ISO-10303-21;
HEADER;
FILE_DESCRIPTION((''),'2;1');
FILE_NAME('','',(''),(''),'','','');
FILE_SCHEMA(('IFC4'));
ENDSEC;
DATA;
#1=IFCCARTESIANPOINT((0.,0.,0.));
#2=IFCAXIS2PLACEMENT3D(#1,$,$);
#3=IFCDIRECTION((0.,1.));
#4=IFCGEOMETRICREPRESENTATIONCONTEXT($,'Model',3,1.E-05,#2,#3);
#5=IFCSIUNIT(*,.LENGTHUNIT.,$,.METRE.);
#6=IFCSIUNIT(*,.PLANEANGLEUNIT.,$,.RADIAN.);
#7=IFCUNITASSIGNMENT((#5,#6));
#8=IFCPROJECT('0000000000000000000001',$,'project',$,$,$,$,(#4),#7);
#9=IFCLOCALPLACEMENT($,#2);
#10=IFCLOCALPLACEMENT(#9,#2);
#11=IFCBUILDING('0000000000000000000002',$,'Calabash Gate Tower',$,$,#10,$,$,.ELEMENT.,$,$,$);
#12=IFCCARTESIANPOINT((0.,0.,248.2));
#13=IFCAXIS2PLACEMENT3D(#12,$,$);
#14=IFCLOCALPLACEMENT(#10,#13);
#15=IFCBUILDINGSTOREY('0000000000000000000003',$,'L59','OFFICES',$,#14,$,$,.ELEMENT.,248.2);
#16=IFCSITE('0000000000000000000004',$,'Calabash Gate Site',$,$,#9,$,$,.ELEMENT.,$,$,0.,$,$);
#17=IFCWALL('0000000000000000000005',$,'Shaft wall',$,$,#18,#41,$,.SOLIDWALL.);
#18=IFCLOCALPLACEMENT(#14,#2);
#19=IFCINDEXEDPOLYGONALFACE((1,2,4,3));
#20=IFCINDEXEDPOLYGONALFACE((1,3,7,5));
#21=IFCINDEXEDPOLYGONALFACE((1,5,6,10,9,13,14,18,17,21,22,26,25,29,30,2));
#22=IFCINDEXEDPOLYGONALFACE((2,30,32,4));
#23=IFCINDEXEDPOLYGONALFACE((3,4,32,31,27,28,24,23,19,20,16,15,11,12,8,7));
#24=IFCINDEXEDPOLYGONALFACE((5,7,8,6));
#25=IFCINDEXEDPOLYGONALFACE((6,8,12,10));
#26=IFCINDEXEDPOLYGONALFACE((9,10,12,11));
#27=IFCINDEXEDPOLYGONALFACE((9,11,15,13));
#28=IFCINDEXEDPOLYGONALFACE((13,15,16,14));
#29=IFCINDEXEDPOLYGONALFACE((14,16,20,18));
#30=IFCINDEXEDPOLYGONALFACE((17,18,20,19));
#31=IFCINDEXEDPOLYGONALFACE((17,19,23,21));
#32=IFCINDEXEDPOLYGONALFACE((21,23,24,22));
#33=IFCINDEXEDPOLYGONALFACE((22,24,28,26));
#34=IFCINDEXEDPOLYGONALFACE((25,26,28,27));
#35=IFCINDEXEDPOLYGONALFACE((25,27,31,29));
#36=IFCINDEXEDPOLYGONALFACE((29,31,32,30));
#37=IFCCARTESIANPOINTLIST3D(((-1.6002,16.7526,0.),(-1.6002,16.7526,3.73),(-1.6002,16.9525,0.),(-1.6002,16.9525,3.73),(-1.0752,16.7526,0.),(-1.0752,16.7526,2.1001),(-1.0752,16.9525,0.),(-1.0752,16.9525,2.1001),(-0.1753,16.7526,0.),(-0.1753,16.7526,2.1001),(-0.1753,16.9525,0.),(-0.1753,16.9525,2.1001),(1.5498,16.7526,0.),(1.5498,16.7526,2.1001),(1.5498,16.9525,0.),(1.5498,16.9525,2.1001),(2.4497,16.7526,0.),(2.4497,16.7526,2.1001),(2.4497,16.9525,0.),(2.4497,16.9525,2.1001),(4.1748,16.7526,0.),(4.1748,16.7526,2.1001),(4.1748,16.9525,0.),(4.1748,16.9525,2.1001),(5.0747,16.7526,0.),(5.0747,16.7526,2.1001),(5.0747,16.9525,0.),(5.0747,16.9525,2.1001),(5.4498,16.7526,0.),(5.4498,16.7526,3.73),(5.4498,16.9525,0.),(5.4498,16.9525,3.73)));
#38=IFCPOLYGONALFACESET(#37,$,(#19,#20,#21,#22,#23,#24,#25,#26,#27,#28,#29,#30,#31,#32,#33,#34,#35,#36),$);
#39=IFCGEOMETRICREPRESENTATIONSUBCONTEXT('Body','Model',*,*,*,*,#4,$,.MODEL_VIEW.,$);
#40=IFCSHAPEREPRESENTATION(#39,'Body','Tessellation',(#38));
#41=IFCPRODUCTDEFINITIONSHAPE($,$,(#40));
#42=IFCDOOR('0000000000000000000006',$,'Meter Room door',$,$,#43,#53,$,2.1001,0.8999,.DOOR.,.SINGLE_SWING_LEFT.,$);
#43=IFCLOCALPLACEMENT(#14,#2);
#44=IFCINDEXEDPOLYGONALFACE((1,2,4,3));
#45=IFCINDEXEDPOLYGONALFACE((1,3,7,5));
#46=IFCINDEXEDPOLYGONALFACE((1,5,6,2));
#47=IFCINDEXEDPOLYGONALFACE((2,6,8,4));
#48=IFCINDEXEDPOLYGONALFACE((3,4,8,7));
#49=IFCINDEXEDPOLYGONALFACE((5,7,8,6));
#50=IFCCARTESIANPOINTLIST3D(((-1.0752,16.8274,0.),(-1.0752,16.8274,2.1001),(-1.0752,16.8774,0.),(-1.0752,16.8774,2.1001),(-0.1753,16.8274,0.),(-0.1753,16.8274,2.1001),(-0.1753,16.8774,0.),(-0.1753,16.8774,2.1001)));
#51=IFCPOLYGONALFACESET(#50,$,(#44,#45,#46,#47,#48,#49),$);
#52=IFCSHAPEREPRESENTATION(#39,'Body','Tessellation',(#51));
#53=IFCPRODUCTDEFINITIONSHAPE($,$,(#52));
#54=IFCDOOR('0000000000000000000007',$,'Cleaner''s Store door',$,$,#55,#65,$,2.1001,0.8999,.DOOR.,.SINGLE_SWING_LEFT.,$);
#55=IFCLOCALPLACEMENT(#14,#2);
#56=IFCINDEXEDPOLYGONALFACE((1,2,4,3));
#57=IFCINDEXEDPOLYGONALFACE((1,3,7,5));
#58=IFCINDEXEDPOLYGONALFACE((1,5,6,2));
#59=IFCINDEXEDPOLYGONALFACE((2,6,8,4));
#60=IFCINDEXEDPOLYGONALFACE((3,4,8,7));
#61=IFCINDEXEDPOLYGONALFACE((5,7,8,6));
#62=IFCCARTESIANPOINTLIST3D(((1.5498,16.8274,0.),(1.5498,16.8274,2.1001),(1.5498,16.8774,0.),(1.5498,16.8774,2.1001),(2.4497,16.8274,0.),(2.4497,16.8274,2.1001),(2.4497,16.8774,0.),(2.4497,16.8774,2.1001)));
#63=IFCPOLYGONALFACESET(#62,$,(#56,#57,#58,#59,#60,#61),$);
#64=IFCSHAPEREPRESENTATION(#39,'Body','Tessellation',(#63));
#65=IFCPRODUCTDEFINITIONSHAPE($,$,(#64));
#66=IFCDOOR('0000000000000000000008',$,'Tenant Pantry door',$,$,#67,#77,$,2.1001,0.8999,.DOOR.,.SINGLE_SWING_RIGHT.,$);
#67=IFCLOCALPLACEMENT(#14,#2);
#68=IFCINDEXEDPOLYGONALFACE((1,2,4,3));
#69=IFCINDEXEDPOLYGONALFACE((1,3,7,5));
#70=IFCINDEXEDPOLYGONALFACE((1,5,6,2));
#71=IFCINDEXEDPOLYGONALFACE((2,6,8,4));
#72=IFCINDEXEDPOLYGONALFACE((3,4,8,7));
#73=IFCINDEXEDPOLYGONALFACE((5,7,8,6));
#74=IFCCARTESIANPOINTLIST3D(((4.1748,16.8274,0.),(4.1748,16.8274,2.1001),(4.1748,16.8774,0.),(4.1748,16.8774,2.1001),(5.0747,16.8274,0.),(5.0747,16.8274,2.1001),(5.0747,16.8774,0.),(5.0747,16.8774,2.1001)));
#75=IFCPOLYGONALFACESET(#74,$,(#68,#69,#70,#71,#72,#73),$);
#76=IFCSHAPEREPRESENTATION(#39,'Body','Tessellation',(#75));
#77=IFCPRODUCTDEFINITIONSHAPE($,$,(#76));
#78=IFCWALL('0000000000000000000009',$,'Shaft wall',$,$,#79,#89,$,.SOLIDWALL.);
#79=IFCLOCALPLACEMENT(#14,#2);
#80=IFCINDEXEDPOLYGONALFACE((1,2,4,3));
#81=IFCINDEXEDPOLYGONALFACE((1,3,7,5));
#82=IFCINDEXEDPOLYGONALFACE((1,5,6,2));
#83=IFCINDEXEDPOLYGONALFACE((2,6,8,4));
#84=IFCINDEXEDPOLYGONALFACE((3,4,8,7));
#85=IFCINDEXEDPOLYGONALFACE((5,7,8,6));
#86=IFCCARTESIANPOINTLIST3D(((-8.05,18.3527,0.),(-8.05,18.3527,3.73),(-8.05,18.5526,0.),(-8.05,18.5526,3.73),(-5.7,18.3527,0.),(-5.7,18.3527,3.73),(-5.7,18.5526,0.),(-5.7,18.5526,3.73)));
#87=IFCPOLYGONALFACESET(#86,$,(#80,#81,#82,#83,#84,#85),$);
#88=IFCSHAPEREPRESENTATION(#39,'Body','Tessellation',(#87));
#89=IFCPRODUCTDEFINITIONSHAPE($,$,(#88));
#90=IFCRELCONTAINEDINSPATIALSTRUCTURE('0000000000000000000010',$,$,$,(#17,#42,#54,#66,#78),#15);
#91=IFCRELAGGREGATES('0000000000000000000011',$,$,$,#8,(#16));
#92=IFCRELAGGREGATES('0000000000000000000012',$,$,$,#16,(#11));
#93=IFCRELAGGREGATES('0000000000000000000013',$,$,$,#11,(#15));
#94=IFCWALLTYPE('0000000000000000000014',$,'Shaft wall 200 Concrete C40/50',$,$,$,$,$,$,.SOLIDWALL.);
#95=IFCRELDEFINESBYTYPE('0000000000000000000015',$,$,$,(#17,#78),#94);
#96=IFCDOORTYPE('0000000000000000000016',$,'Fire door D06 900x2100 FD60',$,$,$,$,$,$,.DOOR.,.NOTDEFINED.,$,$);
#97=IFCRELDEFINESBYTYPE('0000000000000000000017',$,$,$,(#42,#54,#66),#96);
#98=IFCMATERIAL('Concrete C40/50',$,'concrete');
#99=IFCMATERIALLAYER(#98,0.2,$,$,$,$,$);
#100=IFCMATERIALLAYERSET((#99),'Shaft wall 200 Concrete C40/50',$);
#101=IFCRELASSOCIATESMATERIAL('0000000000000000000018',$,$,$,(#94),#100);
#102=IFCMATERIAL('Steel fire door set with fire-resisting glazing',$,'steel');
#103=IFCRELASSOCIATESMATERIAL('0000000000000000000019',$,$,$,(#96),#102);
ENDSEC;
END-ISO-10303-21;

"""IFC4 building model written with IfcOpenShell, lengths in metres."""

from ifc_helpers import new_model, si_unit, direction, frame, frame_2d, origin, place, context, subcontext, project, spatial, rectangle, extrude, material, layer, layer_set, type_object, element, fill, save


model = new_model("IFC4")

# Units and contexts
model_context = context("Model", 3, precision=1e-05, world=origin(), true_north=direction((0.0, 1.0)))
body_context = subcontext(model_context, "Body", "Model", "MODEL_VIEW")
ifc_project = project(units=[si_unit("LENGTHUNIT", "METRE"), si_unit("PLANEANGLEUNIT", "RADIAN")], contexts=[model_context])

# Site, building, storey
site_placement = place(None, origin())
site = spatial("IfcSite", under=ifc_project, at=site_placement, Name="Calabash Gate Site", CompositionType="ELEMENT", RefElevation=0.0)
building_placement = place(site_placement, origin())
building = spatial("IfcBuilding", under=site, at=building_placement, Name="Calabash Gate Tower", CompositionType="ELEMENT")
storey_placement = place(building_placement, frame((0.0, 0.0, 248.2)))
storey = spatial("IfcBuildingStorey", under=building, at=storey_placement, Name="L59", Description="OFFICES", CompositionType="ELEMENT", Elevation=248.2)

# Shared definitions
ifc_material_1 = material(Name="Concrete C40/50", Category="concrete")
ifc_layer_1 = layer(ifc_material_1, 0.2)
ifc_layer_set_1 = layer_set([ifc_layer_1], Name="Shaft wall 200 Concrete C40/50")
wall_type_1 = type_object("IfcWallType", Name="Shaft wall 200 Concrete C40/50", PredefinedType="SOLIDWALL", material=ifc_layer_set_1)
ifc_material_2 = material(Name="Steel fire door set with fire-resisting glazing", Category="steel")
door_type_1 = type_object("IfcDoorType", Name="Fire door D06 900x2100 FD60", OperationType="NOTDEFINED", PredefinedType="DOOR", material=ifc_material_2)

# Wall, openings, doors
wall_1_placement = place(storey_placement, frame((-1.6001, 16.8525, 0.0), z_axis=(0.0, 0.0, 1.0), x_axis=(1.0, 0.0, 0.0)))
wall_1 = element("IfcWall", 1, at=wall_1_placement, inside=storey, type_object=wall_type_1, Name="Shaft wall", PredefinedType="SOLIDWALL", context=body_context, shape_type="SweptSolid", body=[
    extrude(rectangle(XDim=7.05, YDim=0.2, at=frame_2d((3.5249, 0.0))), origin(), (0.0, 0.0, 1.0), 3.73),
])
opening_1_placement = place(wall_1_placement, frame((0.5249, 0.0, 0.0)))
opening_1 = element("IfcOpeningElement", 2, at=opening_1_placement, cuts=wall_1, PredefinedType="OPENING", context=body_context, shape_type="SweptSolid", body=[
    extrude(rectangle(XDim=0.8999, YDim=2.1001, at=frame_2d((0.45, 1.05))), frame((0.0, 0.1099, 0.0), z_axis=(0.0, -1.0, 0.0), x_axis=(1.0, 0.0, 0.0)), (0.0, 0.0, 1.0), 0.22),
])
opening_2_placement = place(wall_1_placement, frame((3.1499, 0.0, 0.0)))
opening_2 = element("IfcOpeningElement", 3, at=opening_2_placement, cuts=wall_1, PredefinedType="OPENING", context=body_context, shape_type="SweptSolid", body=[
    extrude(rectangle(XDim=0.8999, YDim=2.1001, at=frame_2d((0.45, 1.05))), frame((0.0, 0.1099, 0.0), z_axis=(0.0, -1.0, 0.0), x_axis=(1.0, 0.0, 0.0)), (0.0, 0.0, 1.0), 0.22),
])
opening_3_placement = place(wall_1_placement, frame((5.7749, 0.0, 0.0)))
opening_3 = element("IfcOpeningElement", 4, at=opening_3_placement, cuts=wall_1, PredefinedType="OPENING", context=body_context, shape_type="SweptSolid", body=[
    extrude(rectangle(XDim=0.8999, YDim=2.1001, at=frame_2d((0.45, 1.05))), frame((0.0, 0.1099, 0.0), z_axis=(0.0, -1.0, 0.0), x_axis=(1.0, 0.0, 0.0)), (0.0, 0.0, 1.0), 0.22),
])
door_1_placement = place(opening_1_placement, origin())
door_1 = element("IfcDoor", 5, at=door_1_placement, inside=storey, type_object=door_type_1, Name="Meter Room door", OperationType="SINGLE_SWING_LEFT", OverallHeight=2.1001, OverallWidth=0.8999, PredefinedType="DOOR", context=body_context, shape_type="SweptSolid", body=[
    extrude(rectangle(XDim=0.8999, YDim=2.1001, at=frame_2d((0.45, 1.05))), frame((0.0, 0.0249, 0.0), z_axis=(0.0, -1.0, 0.0), x_axis=(1.0, 0.0, 0.0)), (0.0, 0.0, 1.0), 0.05),
])
fill(opening_1, door_1)
door_2_placement = place(opening_2_placement, origin())
door_2 = element("IfcDoor", 6, at=door_2_placement, inside=storey, type_object=door_type_1, Name="Cleaner's Store door", OperationType="SINGLE_SWING_LEFT", OverallHeight=2.1001, OverallWidth=0.8999, PredefinedType="DOOR", context=body_context, shape_type="SweptSolid", body=[
    extrude(rectangle(XDim=0.8999, YDim=2.1001, at=frame_2d((0.45, 1.05))), frame((0.0, 0.0249, 0.0), z_axis=(0.0, -1.0, 0.0), x_axis=(1.0, 0.0, 0.0)), (0.0, 0.0, 1.0), 0.05),
])
fill(opening_2, door_2)
door_3_placement = place(opening_3_placement, origin())
door_3 = element("IfcDoor", 7, at=door_3_placement, inside=storey, type_object=door_type_1, Name="Tenant Pantry door", OperationType="SINGLE_SWING_RIGHT", OverallHeight=2.1001, OverallWidth=0.8999, PredefinedType="DOOR", context=body_context, shape_type="SweptSolid", body=[
    extrude(rectangle(XDim=0.8999, YDim=2.1001, at=frame_2d((0.45, 1.05))), frame((0.0, 0.0249, 0.0), z_axis=(0.0, -1.0, 0.0), x_axis=(1.0, 0.0, 0.0)), (0.0, 0.0, 1.0), 0.05),
])
fill(opening_3, door_3)

# Wall
wall_2_placement = place(storey_placement, frame((-8.05, 18.4526, 0.0), z_axis=(0.0, 0.0, 1.0), x_axis=(1.0, 0.0, 0.0)))
element("IfcWall", 8, at=wall_2_placement, inside=storey, type_object=wall_type_1, Name="Shaft wall", PredefinedType="SOLIDWALL", context=body_context, shape_type="SweptSolid", body=[
    extrude(rectangle(XDim=2.3501, YDim=0.2, at=frame_2d((1.175, 0.0))), origin(), (0.0, 0.0, 1.0), 3.73),
])

save(model, "model.ifc")
